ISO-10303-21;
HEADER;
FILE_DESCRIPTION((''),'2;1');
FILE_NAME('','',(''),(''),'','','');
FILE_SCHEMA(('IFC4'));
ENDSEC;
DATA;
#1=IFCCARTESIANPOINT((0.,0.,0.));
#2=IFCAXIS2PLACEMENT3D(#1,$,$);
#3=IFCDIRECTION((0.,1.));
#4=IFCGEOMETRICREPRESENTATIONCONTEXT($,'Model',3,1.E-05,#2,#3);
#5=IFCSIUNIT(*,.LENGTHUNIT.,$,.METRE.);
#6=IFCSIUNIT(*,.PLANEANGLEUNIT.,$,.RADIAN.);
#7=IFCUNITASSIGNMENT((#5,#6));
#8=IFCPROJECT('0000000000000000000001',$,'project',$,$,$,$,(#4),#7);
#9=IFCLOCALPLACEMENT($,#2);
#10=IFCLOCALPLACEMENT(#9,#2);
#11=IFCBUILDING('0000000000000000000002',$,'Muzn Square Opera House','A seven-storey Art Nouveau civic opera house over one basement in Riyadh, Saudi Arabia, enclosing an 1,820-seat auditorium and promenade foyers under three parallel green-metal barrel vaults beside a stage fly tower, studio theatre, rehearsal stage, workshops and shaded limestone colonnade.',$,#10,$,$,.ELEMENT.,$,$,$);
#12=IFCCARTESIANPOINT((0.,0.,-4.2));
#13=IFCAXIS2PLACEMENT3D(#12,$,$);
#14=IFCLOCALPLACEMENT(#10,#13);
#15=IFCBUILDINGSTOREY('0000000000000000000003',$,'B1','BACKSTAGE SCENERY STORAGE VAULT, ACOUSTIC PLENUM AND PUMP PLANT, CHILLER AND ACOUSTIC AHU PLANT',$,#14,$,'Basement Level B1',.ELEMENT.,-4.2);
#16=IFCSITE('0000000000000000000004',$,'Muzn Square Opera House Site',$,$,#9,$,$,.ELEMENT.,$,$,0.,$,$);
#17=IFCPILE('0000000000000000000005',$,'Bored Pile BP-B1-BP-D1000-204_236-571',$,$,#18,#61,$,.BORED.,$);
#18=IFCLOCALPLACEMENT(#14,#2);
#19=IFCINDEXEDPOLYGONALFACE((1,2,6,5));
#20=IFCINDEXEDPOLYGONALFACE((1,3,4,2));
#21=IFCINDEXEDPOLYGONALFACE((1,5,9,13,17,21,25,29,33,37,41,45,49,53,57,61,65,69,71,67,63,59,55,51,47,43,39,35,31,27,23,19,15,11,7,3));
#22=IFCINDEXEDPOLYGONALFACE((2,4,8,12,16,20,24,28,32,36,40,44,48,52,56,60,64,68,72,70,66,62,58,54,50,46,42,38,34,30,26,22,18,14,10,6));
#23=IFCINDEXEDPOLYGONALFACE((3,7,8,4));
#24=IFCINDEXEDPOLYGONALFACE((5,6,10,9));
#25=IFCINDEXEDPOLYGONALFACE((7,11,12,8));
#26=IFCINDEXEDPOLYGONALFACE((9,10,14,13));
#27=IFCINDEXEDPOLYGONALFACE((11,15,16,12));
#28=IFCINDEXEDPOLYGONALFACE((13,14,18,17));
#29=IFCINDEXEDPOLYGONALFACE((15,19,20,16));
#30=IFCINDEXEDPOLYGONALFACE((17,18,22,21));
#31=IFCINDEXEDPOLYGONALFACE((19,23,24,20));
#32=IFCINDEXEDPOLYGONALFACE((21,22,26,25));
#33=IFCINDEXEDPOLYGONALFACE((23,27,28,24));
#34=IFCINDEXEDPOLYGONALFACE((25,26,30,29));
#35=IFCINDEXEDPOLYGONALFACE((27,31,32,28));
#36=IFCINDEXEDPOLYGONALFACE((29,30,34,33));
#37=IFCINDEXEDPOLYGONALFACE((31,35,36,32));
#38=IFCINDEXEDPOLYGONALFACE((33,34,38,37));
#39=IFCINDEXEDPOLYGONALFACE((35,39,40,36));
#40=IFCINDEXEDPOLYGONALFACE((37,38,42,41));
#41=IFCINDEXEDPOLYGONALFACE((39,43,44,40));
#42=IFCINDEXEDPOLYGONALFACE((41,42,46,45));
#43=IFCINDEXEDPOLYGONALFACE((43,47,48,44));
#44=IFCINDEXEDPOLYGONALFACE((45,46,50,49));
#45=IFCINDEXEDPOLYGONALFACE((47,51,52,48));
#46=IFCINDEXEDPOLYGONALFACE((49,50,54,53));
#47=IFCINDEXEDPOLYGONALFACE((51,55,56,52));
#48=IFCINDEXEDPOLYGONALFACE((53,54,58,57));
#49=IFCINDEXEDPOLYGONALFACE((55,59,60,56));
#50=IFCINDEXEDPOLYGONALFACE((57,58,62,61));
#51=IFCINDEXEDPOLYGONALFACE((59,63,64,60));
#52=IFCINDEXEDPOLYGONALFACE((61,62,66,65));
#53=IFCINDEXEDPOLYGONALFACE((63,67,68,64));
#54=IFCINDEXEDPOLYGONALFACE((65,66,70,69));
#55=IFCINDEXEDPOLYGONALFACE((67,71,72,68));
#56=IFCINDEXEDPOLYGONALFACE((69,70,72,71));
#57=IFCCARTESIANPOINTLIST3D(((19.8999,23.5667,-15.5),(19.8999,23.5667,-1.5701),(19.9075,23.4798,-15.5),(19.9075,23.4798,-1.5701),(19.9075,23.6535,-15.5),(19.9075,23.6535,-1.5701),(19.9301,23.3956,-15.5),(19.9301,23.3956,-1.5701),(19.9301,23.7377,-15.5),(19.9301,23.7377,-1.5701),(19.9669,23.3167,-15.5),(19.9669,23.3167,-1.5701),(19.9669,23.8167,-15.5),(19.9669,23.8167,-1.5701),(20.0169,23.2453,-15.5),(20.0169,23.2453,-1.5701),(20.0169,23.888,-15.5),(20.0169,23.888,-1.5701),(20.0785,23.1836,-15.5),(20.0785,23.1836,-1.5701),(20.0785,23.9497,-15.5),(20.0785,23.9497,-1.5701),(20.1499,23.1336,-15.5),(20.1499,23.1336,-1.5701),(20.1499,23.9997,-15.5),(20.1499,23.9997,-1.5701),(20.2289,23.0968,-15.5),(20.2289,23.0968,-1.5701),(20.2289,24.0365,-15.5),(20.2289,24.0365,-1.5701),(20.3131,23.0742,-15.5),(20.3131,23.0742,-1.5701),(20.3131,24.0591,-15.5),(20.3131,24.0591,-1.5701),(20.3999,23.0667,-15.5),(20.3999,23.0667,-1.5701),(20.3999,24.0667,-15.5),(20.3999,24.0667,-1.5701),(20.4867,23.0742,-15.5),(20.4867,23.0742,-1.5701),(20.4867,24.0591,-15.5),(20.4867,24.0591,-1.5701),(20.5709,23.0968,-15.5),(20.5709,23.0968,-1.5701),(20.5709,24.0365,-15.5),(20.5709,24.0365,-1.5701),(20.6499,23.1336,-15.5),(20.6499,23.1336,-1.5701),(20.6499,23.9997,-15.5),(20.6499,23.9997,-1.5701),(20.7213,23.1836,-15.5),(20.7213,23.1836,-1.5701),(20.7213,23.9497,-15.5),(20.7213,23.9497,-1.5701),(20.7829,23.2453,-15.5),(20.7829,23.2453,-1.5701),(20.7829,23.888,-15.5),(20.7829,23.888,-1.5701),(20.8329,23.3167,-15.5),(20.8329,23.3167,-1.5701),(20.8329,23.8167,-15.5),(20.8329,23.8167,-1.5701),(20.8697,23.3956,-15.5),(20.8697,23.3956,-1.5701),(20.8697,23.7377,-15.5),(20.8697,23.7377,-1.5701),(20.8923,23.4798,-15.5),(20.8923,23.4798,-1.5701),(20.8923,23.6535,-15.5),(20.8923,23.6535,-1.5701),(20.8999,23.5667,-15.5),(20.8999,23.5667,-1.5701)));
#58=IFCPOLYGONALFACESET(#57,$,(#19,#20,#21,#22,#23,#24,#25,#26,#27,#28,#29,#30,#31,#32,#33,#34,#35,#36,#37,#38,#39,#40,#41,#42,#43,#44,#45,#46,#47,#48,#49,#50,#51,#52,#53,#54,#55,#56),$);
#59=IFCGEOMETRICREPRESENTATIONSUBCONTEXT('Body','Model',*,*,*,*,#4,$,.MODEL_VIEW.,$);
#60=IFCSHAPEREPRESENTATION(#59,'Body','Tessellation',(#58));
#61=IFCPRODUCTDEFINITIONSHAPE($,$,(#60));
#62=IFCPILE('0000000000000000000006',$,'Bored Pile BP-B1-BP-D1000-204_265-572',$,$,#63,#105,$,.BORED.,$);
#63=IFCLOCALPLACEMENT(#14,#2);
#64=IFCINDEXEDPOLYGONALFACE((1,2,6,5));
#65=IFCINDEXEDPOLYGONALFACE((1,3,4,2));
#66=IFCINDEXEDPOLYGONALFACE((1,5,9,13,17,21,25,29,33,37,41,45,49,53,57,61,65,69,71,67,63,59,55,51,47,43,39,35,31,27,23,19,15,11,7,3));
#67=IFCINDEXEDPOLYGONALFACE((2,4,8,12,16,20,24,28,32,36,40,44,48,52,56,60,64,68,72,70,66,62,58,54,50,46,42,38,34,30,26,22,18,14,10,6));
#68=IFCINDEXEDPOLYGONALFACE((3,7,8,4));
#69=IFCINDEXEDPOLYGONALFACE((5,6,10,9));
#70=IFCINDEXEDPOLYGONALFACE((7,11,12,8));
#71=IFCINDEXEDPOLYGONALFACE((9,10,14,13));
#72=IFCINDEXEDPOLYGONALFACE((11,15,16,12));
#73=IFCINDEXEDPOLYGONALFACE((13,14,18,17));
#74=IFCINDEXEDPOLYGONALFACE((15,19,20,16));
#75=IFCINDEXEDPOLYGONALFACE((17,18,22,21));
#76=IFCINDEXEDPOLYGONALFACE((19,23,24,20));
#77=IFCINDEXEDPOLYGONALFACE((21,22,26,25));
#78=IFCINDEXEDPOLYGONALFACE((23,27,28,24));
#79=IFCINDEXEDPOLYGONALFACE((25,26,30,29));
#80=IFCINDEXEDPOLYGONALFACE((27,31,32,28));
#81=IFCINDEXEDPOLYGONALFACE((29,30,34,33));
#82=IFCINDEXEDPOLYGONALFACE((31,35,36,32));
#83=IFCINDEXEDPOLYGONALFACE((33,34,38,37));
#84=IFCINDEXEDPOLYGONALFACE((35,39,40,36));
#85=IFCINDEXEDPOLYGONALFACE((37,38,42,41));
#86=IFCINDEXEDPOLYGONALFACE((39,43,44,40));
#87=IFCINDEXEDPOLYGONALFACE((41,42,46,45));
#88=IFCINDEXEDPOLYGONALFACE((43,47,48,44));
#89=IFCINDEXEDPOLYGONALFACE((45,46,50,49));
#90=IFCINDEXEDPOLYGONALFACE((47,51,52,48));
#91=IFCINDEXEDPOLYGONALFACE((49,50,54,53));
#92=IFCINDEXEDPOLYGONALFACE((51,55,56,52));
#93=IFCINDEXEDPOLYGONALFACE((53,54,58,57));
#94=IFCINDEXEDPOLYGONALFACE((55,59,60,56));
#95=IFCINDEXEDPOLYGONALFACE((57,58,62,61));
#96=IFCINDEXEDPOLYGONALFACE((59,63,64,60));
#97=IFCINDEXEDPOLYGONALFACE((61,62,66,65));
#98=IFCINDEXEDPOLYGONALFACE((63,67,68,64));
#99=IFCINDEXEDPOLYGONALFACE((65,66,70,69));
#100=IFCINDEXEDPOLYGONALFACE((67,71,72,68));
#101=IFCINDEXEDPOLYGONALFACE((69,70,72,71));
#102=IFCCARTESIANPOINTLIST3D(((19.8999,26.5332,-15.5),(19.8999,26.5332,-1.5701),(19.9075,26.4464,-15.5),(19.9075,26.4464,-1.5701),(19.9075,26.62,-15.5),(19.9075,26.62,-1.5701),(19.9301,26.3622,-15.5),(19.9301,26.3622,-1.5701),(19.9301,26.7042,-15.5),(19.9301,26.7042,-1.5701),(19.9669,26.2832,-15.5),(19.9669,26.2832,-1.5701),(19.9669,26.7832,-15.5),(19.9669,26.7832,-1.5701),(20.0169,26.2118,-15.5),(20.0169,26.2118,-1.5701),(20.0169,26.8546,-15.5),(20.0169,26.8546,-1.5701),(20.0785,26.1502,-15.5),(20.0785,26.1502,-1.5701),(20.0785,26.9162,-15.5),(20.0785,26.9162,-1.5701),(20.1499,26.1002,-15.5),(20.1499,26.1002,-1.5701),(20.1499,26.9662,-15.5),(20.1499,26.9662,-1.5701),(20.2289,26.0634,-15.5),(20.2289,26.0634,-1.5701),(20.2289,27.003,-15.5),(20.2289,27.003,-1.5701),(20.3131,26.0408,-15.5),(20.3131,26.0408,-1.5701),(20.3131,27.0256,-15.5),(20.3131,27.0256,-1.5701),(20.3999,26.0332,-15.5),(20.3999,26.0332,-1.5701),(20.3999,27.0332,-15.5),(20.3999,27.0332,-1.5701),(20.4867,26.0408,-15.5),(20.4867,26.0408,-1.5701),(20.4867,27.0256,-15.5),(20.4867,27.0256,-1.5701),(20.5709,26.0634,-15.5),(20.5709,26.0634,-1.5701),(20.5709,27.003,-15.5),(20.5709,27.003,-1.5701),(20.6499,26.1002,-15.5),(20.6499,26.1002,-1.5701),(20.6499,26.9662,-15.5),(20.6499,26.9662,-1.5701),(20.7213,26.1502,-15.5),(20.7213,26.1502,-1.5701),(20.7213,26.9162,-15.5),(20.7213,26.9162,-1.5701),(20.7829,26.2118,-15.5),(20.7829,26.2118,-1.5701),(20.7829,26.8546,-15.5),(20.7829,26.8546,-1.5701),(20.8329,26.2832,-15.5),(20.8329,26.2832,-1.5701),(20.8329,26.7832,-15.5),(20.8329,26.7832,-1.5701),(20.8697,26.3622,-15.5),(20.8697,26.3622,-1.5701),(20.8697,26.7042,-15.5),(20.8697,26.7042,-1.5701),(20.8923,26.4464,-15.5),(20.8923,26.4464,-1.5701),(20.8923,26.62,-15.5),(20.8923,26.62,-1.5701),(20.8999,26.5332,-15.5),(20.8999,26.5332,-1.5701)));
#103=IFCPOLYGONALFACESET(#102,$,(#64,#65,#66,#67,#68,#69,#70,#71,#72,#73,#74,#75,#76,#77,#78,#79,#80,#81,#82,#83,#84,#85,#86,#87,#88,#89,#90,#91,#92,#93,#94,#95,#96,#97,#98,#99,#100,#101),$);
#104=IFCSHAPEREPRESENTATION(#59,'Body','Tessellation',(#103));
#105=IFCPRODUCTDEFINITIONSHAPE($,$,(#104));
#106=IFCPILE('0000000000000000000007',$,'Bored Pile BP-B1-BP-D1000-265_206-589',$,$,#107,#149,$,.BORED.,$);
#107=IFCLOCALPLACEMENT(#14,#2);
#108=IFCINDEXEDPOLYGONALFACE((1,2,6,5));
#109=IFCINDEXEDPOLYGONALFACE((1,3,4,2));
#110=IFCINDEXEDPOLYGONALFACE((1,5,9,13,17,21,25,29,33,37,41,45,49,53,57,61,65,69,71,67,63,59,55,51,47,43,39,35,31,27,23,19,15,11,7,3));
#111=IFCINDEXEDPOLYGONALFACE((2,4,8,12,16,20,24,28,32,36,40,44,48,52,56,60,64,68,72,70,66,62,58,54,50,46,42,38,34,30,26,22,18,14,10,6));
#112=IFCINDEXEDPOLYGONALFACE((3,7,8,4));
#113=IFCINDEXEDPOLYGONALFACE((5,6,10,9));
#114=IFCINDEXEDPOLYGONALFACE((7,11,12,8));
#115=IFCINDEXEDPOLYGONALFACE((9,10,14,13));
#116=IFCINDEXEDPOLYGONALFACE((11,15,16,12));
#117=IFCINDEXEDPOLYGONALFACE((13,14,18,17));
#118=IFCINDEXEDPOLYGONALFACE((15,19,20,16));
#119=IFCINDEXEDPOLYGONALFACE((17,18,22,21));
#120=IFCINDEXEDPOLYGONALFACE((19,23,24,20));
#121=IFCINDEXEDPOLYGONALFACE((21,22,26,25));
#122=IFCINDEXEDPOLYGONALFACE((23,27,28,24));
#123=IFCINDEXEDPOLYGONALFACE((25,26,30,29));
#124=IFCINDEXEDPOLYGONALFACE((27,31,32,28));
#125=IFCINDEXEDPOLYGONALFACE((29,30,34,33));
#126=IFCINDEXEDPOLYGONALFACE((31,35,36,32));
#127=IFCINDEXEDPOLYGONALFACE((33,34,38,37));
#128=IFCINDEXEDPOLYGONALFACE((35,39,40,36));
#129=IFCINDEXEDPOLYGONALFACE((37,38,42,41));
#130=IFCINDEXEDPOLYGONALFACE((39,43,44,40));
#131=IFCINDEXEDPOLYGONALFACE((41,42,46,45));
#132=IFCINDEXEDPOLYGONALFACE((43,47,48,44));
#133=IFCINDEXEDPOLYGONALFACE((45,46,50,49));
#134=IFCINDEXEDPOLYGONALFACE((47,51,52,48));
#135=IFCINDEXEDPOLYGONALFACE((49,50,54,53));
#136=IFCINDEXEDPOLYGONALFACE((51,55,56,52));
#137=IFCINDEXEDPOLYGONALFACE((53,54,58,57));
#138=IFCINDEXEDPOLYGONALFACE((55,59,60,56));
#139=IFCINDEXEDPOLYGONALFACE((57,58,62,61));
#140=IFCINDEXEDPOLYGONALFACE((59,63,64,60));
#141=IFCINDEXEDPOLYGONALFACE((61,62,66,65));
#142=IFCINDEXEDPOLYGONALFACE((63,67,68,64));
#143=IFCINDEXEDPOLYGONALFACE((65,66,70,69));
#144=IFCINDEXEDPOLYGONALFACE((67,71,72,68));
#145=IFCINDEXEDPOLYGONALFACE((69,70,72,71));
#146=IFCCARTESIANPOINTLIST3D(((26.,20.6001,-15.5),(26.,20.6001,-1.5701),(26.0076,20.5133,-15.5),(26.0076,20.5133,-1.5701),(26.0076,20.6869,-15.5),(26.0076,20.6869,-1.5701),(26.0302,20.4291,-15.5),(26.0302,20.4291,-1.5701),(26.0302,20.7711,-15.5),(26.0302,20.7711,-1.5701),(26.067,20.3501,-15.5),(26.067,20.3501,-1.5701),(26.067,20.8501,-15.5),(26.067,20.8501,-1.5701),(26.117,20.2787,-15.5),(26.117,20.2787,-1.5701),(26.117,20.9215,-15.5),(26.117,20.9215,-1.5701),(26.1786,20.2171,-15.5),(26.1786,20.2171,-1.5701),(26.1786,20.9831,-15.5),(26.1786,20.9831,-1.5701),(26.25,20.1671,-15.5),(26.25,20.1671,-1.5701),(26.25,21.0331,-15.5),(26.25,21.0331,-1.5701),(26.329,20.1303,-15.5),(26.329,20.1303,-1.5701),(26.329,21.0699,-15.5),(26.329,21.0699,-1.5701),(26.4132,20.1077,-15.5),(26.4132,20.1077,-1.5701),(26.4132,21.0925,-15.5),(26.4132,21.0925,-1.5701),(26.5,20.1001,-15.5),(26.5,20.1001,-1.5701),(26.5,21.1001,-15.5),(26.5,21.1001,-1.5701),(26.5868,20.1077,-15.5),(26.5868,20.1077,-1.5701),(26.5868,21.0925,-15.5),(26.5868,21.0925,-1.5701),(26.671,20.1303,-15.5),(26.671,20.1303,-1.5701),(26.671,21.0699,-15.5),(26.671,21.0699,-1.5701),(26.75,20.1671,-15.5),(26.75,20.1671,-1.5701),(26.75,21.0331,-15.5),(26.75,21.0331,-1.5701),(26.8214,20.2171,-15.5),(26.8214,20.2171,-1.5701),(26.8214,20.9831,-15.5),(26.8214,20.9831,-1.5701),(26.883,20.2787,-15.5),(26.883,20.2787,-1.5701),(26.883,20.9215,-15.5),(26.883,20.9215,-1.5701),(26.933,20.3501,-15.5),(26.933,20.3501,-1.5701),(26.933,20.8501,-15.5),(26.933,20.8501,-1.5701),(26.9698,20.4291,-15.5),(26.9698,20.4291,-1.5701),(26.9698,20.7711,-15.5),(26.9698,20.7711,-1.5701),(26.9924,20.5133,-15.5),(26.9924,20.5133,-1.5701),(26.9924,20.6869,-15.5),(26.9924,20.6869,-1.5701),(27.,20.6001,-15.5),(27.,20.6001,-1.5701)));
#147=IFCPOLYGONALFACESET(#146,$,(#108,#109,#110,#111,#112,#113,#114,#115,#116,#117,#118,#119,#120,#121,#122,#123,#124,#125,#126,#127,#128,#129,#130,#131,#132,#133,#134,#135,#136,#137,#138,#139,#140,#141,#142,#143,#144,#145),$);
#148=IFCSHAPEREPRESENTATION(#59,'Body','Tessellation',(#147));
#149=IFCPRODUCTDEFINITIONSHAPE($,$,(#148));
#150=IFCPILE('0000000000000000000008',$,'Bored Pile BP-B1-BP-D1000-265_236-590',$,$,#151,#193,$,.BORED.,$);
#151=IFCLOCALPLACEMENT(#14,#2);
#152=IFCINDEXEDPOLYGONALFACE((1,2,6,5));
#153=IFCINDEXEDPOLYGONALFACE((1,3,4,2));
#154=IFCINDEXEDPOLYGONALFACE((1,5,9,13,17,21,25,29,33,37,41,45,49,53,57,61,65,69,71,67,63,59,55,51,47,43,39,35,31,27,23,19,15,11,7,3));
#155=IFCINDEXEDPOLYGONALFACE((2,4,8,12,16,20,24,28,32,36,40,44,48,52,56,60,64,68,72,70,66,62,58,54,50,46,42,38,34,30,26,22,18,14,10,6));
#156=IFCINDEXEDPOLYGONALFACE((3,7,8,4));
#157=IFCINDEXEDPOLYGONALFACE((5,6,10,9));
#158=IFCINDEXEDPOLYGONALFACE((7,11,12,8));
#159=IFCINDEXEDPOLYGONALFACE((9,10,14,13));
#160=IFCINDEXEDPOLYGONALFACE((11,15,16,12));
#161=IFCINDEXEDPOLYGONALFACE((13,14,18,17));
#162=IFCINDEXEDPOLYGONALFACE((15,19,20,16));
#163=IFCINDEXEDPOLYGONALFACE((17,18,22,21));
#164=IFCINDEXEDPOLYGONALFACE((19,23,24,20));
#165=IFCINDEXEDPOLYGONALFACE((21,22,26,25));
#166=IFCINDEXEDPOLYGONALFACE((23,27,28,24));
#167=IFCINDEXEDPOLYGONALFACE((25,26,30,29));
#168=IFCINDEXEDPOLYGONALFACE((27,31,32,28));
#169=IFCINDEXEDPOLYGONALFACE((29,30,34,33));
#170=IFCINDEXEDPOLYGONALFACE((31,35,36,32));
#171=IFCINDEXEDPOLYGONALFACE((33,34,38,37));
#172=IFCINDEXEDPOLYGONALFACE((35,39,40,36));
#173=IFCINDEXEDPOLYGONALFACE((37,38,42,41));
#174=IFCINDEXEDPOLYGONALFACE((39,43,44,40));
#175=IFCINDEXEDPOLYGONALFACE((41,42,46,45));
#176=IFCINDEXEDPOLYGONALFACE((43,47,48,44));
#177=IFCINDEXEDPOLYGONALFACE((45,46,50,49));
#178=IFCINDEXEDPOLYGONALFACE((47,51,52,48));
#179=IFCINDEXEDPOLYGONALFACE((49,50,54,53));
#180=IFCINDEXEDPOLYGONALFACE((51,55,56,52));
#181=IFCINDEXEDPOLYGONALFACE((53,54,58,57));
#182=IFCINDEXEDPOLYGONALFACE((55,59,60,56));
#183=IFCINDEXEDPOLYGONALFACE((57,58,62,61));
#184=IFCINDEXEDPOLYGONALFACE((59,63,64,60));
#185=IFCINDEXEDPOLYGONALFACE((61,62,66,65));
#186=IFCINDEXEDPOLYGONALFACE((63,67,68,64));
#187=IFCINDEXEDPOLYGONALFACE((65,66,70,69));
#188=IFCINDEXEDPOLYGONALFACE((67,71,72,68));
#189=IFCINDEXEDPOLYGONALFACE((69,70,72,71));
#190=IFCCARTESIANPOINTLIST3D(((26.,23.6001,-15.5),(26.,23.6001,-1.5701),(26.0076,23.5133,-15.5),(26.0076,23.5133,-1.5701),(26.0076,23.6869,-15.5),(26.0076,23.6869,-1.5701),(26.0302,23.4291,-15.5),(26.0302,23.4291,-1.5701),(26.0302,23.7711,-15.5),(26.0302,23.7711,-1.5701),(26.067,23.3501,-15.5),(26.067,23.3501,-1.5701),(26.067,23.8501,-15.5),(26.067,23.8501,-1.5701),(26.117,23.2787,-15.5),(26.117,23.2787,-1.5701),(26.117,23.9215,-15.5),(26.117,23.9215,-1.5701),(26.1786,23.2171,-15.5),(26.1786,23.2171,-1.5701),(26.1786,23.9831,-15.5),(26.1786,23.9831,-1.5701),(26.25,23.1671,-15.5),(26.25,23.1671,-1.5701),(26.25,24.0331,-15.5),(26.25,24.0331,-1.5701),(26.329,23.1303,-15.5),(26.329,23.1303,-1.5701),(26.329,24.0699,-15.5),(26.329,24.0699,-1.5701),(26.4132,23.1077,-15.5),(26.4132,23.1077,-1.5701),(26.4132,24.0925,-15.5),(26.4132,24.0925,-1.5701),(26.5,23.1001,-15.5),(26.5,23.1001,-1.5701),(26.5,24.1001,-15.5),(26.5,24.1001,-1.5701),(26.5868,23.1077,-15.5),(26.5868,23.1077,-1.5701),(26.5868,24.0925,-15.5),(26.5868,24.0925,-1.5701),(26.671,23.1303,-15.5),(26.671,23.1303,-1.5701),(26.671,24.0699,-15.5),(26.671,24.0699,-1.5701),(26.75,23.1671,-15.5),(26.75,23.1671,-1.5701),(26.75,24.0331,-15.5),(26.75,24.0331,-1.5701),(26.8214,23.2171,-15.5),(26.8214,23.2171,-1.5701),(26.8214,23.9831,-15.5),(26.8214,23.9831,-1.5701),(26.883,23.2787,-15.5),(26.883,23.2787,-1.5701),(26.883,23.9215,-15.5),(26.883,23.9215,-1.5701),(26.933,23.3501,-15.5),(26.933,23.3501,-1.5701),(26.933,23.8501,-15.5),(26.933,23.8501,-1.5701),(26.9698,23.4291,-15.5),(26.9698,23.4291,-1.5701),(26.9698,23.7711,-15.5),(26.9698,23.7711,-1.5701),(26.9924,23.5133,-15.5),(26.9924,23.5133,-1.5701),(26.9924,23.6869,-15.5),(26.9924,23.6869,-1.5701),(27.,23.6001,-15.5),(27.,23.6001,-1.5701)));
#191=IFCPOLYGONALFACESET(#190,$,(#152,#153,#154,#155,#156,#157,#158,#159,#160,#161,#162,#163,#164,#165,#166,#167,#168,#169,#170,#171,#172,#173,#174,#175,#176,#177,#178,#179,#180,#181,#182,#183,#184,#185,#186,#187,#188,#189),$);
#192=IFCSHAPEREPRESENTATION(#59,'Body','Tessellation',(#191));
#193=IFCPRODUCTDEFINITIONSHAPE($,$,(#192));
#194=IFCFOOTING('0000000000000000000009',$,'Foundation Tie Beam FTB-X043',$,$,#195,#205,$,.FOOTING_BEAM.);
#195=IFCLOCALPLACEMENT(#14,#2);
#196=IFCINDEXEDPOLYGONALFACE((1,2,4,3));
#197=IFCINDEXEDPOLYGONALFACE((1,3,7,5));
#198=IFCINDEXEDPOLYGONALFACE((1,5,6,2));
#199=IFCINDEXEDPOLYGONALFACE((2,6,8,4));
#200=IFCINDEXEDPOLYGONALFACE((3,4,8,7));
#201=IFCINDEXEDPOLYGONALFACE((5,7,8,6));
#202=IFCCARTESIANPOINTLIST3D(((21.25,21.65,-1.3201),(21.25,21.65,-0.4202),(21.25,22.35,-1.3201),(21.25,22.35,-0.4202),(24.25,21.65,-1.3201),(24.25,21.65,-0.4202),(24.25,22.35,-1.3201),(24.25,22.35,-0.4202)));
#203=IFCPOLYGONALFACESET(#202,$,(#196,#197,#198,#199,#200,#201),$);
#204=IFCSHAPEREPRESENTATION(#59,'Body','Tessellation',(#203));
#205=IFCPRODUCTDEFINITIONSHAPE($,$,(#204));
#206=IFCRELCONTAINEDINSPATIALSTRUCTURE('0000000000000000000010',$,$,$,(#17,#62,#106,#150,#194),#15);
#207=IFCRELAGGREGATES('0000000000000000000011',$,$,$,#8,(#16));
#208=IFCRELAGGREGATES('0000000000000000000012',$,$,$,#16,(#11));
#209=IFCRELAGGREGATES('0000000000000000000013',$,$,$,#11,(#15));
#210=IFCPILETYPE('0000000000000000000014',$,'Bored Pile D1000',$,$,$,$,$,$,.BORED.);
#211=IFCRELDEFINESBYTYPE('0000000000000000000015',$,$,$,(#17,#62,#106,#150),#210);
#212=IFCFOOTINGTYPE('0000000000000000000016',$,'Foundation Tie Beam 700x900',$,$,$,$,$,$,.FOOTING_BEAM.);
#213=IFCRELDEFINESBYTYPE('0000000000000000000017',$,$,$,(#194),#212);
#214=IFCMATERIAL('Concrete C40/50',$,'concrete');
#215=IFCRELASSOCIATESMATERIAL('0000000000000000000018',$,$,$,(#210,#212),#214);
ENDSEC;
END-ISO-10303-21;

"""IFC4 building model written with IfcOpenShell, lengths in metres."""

from ifc_helpers import new_model, si_unit, direction, frame, origin, origin_2d, place, context, subcontext, project, spatial, rectangle, circle, extrude, material, material_profile, profile_set, type_object, element, save


model = new_model("IFC4")

# Units and contexts
model_context = context("Model", 3, precision=1e-05, world=origin(), true_north=direction((0.0, 1.0)))
body_context = subcontext(model_context, "Body", "Model", "MODEL_VIEW")
ifc_project = project(units=[si_unit("LENGTHUNIT", "METRE"), si_unit("PLANEANGLEUNIT", "RADIAN")], contexts=[model_context])

# Site, building, storey
site_placement = place(None, origin())
site = spatial("IfcSite", under=ifc_project, at=site_placement, Name="Muzn Square Opera House Site", CompositionType="ELEMENT", RefElevation=0.0)
building_placement = place(site_placement, origin())
building = spatial("IfcBuilding", under=site, at=building_placement, Name="Muzn Square Opera House", Description="A seven-storey Art Nouveau civic opera house over one basement in Riyadh, Saudi Arabia, enclosing an 1,820-seat auditorium and promenade foyers under three parallel green-metal barrel vaults beside a stage fly tower, studio theatre, rehearsal stage, workshops and shaded limestone colonnade.", CompositionType="ELEMENT")
storey_placement = place(building_placement, frame((0.0, 0.0, -4.2)))
storey = spatial("IfcBuildingStorey", under=building, at=storey_placement, Name="B1", Description="BACKSTAGE SCENERY STORAGE VAULT, ACOUSTIC PLENUM AND PUMP PLANT, CHILLER AND ACOUSTIC AHU PLANT", LongName="Basement Level B1", CompositionType="ELEMENT", Elevation=-4.2)

# Piles
ifc_material_1 = material(Name="Concrete C40/50", Category="concrete")
ifc_material_profile_1 = material_profile(ifc_material_1, circle(Radius=0.5, at=origin_2d()), Name="BORED PILE D1000", Category="concrete")
ifc_profile_set_1 = profile_set([ifc_material_profile_1], Name="Concrete C40/50")
pile_type = type_object("IfcPileType", Name="Bored Pile D1000", PredefinedType="BORED", material=ifc_profile_set_1)
for number, where, z_axis, x_axis, name in (
    (1, (20.3999, 23.5667, -1.5701), (0.0, 0.0, -1.0), (1.0, 0.0, 0.0), "Bored Pile BP-B1-BP-D1000-204_236-571"),
    (2, (20.3999, 26.5332, -1.5701), (0.0, 0.0, -1.0), (1.0, 0.0, 0.0), "Bored Pile BP-B1-BP-D1000-204_265-572"),
    (3, (26.5, 20.6001, -1.5701), (0.0, 0.0, -1.0), (1.0, 0.0, 0.0), "Bored Pile BP-B1-BP-D1000-265_206-589"),
    (4, (26.5, 23.6001, -1.5701), (0.0, 0.0, -1.0), (1.0, 0.0, 0.0), "Bored Pile BP-B1-BP-D1000-265_236-590"),
):
    element("IfcPile", number, at=place(storey_placement, frame(where, z_axis=z_axis, x_axis=x_axis)), inside=storey, type_object=pile_type, Name=name, PredefinedType="BORED", context=body_context, shape_type="SweptSolid", body=[
        extrude(circle(Radius=0.5, at=origin_2d()), origin(), (0.0, 0.0, 1.0), 13.9299),
    ])

# Footing
ifc_material_profile_2 = material_profile(ifc_material_1, rectangle(XDim=0.7, YDim=0.8999, at=origin_2d()), Name="RCTB 700x900", Category="concrete")
ifc_profile_set_2 = profile_set([ifc_material_profile_2], Name="Concrete C40/50")
footing_type = type_object("IfcFootingType", Name="Foundation Tie Beam 700x900", PredefinedType="FOOTING_BEAM", material=ifc_profile_set_2)
footing_1_placement = place(storey_placement, frame((21.25, 22.0, -0.8701), z_axis=(1.0, 0.0, 0.0), x_axis=(0.0, 1.0, 0.0)))
element("IfcFooting", 5, at=footing_1_placement, inside=storey, type_object=footing_type, Name="Foundation Tie Beam FTB-X043", PredefinedType="FOOTING_BEAM", context=body_context, shape_type="SweptSolid", body=[
    extrude(rectangle(XDim=0.7, YDim=0.8999, at=origin_2d()), origin(), (0.0, 0.0, 1.0), 3.0),
])

save(model, "model.ifc")
